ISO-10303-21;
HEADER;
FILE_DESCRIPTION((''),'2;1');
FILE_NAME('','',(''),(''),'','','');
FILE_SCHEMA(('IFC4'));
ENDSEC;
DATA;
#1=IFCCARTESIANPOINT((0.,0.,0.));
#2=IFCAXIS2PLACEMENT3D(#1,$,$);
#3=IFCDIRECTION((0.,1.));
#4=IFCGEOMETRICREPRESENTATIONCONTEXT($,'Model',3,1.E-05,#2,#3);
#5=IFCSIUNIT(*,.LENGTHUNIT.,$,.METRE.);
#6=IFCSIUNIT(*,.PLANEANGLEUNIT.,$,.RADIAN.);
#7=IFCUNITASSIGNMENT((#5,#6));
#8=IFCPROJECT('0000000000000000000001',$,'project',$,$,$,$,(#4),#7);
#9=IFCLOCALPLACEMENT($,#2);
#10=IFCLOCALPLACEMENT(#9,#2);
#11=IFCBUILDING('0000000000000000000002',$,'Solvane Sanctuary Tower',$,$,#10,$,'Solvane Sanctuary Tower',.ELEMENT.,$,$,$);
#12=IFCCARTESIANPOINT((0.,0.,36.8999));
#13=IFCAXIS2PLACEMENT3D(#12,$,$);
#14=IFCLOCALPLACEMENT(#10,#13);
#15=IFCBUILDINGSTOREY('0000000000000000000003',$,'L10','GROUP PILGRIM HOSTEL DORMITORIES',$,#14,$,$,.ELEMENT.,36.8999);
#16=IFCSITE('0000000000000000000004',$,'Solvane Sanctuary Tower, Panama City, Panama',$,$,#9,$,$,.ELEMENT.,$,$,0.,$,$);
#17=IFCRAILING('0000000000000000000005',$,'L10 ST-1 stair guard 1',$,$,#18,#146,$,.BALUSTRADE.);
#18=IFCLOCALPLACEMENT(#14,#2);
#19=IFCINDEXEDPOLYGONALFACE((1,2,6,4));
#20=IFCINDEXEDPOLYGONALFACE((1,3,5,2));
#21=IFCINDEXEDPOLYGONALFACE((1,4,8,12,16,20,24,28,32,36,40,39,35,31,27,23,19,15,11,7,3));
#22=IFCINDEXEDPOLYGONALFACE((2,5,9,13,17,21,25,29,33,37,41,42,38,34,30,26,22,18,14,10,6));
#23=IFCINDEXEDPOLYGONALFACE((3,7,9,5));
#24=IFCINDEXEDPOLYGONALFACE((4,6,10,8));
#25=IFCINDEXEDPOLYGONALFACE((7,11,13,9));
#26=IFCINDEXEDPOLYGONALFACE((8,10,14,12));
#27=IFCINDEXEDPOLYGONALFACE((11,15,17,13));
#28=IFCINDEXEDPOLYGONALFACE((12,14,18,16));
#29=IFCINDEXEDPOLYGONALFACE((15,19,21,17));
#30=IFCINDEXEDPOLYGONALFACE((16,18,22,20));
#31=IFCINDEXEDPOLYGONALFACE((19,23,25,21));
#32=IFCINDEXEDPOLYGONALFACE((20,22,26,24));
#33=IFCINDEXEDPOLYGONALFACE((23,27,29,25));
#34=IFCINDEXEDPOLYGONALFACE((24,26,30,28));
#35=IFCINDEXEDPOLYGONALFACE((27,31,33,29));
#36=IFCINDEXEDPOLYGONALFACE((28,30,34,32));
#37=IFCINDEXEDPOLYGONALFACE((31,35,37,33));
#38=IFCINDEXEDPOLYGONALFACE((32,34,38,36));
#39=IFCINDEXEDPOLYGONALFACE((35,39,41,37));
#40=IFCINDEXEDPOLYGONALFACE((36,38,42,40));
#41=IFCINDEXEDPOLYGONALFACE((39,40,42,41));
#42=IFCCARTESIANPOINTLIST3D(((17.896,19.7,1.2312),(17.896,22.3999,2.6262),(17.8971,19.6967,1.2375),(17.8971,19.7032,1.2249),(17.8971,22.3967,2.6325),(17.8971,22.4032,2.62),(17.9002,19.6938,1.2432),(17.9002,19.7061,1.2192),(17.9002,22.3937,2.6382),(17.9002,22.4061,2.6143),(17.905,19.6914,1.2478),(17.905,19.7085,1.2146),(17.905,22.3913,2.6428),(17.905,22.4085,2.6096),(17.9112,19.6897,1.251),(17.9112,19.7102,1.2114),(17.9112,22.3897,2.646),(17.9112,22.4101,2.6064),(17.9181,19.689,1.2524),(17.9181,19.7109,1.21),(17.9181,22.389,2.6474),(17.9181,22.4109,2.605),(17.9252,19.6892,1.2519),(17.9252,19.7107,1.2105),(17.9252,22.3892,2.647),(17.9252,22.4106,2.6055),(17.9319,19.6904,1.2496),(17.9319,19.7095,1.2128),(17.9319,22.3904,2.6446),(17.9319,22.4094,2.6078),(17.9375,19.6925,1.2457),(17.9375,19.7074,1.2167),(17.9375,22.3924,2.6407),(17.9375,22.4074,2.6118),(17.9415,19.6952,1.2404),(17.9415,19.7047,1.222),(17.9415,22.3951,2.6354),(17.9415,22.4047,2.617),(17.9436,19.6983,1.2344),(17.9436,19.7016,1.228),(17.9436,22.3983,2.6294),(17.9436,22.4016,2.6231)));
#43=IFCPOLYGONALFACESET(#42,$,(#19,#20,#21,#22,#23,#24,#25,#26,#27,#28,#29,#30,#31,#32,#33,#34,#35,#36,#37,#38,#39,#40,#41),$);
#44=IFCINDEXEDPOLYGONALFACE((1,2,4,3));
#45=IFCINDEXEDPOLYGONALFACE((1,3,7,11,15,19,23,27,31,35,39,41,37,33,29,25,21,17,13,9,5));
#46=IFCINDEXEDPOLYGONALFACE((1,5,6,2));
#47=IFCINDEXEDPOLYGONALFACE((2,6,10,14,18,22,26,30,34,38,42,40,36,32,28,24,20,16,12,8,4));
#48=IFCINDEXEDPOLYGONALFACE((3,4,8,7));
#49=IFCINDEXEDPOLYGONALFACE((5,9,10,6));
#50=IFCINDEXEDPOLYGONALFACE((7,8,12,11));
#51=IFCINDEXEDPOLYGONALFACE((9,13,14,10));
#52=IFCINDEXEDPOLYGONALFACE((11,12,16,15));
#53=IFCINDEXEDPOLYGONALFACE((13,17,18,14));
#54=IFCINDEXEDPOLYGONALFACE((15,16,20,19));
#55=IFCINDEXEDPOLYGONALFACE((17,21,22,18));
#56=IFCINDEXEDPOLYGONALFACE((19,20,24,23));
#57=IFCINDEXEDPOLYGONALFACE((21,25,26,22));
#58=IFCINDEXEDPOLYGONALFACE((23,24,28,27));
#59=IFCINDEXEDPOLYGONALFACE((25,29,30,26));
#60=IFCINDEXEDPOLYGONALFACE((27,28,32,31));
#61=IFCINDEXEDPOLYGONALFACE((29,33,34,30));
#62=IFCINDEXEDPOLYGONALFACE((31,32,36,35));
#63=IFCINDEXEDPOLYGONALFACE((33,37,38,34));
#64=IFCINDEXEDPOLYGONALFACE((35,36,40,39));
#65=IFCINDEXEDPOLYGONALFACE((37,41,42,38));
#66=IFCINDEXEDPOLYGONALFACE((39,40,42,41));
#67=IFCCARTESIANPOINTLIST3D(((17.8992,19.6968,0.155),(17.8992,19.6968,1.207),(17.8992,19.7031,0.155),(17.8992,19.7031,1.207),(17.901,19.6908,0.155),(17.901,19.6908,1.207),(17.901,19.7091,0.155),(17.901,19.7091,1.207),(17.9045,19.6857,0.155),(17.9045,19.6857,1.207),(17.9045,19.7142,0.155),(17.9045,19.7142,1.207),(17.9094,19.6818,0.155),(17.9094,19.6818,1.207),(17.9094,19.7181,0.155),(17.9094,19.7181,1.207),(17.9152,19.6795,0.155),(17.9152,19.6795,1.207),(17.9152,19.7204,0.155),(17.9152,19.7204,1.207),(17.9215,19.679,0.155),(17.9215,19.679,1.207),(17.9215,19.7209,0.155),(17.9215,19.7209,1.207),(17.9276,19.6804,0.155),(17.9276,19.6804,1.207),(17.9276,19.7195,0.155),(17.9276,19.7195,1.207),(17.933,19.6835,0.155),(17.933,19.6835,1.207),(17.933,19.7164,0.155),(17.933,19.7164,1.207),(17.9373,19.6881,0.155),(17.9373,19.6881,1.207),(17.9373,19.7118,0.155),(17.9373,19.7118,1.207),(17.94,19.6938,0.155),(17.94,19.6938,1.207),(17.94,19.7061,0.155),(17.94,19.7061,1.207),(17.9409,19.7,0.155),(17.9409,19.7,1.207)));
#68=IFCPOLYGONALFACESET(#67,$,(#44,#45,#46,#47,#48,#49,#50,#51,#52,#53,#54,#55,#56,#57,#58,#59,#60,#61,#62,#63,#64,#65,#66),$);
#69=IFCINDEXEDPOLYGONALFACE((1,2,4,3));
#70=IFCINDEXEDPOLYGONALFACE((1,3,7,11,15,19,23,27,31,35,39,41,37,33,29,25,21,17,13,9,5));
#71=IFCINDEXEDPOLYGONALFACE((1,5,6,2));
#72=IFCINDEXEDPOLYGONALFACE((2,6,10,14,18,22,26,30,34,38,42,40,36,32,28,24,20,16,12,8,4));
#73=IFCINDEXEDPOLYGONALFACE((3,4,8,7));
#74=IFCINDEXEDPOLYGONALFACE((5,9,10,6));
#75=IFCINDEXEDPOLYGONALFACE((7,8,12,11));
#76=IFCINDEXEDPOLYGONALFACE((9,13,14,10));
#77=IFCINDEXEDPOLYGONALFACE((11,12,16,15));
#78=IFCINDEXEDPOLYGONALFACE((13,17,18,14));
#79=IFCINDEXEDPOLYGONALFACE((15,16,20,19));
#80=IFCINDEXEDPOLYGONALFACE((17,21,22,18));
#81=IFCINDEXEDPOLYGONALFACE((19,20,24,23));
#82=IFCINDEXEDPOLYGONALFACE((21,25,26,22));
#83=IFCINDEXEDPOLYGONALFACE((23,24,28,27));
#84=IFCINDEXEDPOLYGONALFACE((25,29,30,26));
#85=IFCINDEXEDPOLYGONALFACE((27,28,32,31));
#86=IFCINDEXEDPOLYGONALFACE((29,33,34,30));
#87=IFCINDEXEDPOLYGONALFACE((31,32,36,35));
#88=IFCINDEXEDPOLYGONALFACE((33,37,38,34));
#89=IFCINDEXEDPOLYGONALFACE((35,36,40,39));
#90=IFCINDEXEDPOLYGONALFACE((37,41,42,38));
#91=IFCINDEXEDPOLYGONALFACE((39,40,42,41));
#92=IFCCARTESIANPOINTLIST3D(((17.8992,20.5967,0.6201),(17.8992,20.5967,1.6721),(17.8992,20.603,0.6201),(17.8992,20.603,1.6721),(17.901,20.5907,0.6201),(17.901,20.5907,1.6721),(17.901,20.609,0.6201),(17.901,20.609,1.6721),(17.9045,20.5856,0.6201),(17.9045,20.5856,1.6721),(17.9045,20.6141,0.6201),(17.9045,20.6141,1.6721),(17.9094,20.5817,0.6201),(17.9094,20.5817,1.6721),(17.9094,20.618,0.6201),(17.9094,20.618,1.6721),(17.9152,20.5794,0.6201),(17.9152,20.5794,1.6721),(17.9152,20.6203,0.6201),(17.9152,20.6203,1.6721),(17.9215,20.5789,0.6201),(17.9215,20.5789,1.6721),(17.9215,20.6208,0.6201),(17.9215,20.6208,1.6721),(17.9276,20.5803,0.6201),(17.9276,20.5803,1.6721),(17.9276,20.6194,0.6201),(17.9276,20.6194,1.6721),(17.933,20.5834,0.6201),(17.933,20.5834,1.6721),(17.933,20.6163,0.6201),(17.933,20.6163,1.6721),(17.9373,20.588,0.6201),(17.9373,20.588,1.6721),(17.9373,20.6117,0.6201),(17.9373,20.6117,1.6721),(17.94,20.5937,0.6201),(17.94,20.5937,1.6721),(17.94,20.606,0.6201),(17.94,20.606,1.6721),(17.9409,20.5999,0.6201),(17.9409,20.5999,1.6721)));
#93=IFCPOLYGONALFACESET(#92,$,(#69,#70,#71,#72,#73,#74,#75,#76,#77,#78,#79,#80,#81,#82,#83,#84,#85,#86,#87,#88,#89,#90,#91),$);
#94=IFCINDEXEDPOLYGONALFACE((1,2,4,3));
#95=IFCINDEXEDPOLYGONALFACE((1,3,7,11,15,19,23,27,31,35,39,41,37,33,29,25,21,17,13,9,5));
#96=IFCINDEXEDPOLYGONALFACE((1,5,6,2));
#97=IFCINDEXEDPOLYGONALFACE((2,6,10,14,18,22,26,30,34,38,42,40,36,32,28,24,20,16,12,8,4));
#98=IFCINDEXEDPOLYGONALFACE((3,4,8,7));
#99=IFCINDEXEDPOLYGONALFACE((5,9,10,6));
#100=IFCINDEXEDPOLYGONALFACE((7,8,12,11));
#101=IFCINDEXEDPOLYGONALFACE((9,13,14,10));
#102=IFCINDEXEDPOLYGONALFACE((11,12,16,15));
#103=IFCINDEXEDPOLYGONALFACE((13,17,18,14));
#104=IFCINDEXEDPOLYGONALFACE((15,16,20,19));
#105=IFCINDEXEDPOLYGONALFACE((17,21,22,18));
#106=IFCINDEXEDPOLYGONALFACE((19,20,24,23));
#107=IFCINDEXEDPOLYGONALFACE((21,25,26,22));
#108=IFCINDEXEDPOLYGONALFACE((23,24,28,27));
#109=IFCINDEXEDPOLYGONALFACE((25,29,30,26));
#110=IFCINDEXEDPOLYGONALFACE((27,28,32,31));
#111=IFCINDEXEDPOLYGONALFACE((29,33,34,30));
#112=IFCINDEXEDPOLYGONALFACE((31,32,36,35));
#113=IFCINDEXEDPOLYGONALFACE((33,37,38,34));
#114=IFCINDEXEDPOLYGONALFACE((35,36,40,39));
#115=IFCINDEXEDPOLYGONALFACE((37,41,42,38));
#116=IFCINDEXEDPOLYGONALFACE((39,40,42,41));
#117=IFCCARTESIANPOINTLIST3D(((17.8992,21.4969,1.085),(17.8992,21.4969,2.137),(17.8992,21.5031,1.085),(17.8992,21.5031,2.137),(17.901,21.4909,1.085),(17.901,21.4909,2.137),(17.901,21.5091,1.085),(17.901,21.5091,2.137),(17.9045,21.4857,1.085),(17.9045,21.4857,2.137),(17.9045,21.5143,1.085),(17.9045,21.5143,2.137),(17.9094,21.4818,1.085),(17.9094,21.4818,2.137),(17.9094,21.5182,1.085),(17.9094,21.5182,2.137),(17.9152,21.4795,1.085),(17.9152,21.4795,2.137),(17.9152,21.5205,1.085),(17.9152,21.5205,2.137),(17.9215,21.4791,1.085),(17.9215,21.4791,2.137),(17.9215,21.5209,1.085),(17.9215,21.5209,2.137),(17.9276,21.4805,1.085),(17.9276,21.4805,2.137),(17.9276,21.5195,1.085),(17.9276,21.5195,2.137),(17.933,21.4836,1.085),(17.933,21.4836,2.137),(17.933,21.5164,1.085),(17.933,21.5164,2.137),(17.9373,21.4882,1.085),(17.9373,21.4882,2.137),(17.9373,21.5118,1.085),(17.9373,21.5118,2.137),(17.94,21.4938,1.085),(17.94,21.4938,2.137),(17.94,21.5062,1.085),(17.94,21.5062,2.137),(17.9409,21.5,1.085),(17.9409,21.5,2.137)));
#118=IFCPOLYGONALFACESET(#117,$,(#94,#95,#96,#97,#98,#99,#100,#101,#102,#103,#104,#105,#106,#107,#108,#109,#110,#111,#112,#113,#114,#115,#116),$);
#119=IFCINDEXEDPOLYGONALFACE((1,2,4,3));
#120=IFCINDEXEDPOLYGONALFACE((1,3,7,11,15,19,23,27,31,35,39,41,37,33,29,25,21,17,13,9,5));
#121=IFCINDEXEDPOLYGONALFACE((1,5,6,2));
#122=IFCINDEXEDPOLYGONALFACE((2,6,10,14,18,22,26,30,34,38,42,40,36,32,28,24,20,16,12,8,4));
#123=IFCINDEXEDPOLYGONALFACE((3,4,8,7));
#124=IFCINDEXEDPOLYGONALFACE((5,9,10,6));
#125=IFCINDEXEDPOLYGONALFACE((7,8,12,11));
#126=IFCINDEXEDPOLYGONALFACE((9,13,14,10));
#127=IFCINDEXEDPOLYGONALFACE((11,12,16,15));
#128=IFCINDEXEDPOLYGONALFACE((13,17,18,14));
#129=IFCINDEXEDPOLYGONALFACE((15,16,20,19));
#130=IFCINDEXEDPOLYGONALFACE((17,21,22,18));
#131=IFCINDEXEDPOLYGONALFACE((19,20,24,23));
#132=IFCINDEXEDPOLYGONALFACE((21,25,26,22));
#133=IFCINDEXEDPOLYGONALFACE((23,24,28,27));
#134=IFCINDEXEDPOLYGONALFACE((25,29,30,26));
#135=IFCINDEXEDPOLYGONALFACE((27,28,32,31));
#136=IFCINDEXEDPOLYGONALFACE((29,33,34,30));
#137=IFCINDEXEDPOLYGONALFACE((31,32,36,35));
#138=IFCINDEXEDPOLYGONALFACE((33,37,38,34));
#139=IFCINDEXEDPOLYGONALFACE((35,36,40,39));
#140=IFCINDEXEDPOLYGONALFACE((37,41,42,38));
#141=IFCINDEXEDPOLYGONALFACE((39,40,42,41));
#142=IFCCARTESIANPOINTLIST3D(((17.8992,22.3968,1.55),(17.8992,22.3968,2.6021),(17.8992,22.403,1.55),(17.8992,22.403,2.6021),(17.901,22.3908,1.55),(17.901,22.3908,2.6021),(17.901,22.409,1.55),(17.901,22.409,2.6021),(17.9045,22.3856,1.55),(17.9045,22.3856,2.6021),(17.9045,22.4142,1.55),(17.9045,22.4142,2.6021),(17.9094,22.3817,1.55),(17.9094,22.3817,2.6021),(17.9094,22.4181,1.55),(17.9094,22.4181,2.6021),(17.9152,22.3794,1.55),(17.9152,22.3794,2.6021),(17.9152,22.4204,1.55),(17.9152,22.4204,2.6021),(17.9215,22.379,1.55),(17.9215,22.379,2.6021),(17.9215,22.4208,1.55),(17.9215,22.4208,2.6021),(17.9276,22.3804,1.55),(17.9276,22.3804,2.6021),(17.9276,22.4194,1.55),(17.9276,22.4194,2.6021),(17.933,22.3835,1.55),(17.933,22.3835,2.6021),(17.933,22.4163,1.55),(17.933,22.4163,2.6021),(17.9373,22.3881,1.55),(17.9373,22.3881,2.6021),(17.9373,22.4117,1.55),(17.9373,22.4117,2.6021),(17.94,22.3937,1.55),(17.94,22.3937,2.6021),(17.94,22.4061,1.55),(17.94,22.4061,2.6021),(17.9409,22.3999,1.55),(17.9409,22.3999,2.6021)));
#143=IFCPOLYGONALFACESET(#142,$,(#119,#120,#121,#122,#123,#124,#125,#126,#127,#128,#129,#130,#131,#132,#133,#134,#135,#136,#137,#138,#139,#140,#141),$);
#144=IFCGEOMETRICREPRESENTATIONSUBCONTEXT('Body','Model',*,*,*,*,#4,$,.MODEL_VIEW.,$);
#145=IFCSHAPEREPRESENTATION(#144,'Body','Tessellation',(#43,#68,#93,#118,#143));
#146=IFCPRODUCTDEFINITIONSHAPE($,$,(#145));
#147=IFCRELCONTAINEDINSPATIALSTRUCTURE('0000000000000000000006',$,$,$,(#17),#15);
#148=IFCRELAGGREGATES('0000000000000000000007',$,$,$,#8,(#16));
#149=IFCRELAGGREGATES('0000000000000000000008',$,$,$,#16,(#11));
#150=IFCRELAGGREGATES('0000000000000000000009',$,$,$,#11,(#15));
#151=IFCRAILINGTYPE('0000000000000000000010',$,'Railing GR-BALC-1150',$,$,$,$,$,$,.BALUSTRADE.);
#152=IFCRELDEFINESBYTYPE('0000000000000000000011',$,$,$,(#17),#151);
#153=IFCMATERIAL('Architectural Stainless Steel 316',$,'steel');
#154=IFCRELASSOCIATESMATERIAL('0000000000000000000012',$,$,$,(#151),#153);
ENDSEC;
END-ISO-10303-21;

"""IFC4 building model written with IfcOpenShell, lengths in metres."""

from ifc_helpers import new_model, si_unit, direction, frame, origin, origin_2d, place, context, subcontext, project, spatial, circle, extrude, material, type_object, element, save


model = new_model("IFC4")

# Units and contexts
model_context = context("Model", 3, precision=1e-05, world=origin(), true_north=direction((0.0, 1.0)))
body_context = subcontext(model_context, "Body", "Model", "MODEL_VIEW")
ifc_project = project(units=[si_unit("LENGTHUNIT", "METRE"), si_unit("PLANEANGLEUNIT", "RADIAN")], contexts=[model_context])

# Site, building, storey
site_placement = place(None, origin())
site = spatial("IfcSite", under=ifc_project, at=site_placement, Name="Solvane Sanctuary Tower, Panama City, Panama", CompositionType="ELEMENT", RefElevation=0.0)
building_placement = place(site_placement, origin())
building = spatial("IfcBuilding", under=site, at=building_placement, Name="Solvane Sanctuary Tower", LongName="Solvane Sanctuary Tower", CompositionType="ELEMENT")
storey_placement = place(building_placement, frame((0.0, 0.0, 36.8999)))
storey = spatial("IfcBuildingStorey", under=building, at=storey_placement, Name="L10", Description="GROUP PILGRIM HOSTEL DORMITORIES", CompositionType="ELEMENT", Elevation=36.8999)

# Shared definitions
ifc_material_1 = material(Name="Architectural Stainless Steel 316", Category="steel")

# Railing
railing_type_1 = type_object("IfcRailingType", Name="Railing GR-BALC-1150", PredefinedType="BALUSTRADE", material=ifc_material_1)
railing_1_placement = place(storey_placement, frame((17.9199, 19.7, 0.155)))
element("IfcRailing", 1, at=railing_1_placement, inside=storey, type_object=railing_type_1, Name="L10 ST-1 stair guard 1", PredefinedType="BALUSTRADE", context=body_context, shape_type="SweptSolid", body=[
    extrude(circle(Radius=0.0239, at=origin_2d()), frame((0.0, 0.0, 1.0762), z_axis=(0.0, 0.88842, 0.459032), x_axis=(-1.0, 0.0, 0.0)), (0.0, 0.0, 1.0), 3.0391),
    extrude(circle(Radius=0.021, at=origin_2d()), origin(), (0.0, 0.0, 1.0), 1.052),
    extrude(circle(Radius=0.021, at=origin_2d()), frame((0.0, 0.8999, 0.4651)), (0.0, 0.0, 1.0), 1.052),
    extrude(circle(Radius=0.021, at=origin_2d()), frame((0.0, 1.8, 0.9299)), (0.0, 0.0, 1.0), 1.052),
    extrude(circle(Radius=0.021, at=origin_2d()), frame((0.0, 2.7, 1.395)), (0.0, 0.0, 1.0), 1.052),
])

save(model, "model.ifc")
